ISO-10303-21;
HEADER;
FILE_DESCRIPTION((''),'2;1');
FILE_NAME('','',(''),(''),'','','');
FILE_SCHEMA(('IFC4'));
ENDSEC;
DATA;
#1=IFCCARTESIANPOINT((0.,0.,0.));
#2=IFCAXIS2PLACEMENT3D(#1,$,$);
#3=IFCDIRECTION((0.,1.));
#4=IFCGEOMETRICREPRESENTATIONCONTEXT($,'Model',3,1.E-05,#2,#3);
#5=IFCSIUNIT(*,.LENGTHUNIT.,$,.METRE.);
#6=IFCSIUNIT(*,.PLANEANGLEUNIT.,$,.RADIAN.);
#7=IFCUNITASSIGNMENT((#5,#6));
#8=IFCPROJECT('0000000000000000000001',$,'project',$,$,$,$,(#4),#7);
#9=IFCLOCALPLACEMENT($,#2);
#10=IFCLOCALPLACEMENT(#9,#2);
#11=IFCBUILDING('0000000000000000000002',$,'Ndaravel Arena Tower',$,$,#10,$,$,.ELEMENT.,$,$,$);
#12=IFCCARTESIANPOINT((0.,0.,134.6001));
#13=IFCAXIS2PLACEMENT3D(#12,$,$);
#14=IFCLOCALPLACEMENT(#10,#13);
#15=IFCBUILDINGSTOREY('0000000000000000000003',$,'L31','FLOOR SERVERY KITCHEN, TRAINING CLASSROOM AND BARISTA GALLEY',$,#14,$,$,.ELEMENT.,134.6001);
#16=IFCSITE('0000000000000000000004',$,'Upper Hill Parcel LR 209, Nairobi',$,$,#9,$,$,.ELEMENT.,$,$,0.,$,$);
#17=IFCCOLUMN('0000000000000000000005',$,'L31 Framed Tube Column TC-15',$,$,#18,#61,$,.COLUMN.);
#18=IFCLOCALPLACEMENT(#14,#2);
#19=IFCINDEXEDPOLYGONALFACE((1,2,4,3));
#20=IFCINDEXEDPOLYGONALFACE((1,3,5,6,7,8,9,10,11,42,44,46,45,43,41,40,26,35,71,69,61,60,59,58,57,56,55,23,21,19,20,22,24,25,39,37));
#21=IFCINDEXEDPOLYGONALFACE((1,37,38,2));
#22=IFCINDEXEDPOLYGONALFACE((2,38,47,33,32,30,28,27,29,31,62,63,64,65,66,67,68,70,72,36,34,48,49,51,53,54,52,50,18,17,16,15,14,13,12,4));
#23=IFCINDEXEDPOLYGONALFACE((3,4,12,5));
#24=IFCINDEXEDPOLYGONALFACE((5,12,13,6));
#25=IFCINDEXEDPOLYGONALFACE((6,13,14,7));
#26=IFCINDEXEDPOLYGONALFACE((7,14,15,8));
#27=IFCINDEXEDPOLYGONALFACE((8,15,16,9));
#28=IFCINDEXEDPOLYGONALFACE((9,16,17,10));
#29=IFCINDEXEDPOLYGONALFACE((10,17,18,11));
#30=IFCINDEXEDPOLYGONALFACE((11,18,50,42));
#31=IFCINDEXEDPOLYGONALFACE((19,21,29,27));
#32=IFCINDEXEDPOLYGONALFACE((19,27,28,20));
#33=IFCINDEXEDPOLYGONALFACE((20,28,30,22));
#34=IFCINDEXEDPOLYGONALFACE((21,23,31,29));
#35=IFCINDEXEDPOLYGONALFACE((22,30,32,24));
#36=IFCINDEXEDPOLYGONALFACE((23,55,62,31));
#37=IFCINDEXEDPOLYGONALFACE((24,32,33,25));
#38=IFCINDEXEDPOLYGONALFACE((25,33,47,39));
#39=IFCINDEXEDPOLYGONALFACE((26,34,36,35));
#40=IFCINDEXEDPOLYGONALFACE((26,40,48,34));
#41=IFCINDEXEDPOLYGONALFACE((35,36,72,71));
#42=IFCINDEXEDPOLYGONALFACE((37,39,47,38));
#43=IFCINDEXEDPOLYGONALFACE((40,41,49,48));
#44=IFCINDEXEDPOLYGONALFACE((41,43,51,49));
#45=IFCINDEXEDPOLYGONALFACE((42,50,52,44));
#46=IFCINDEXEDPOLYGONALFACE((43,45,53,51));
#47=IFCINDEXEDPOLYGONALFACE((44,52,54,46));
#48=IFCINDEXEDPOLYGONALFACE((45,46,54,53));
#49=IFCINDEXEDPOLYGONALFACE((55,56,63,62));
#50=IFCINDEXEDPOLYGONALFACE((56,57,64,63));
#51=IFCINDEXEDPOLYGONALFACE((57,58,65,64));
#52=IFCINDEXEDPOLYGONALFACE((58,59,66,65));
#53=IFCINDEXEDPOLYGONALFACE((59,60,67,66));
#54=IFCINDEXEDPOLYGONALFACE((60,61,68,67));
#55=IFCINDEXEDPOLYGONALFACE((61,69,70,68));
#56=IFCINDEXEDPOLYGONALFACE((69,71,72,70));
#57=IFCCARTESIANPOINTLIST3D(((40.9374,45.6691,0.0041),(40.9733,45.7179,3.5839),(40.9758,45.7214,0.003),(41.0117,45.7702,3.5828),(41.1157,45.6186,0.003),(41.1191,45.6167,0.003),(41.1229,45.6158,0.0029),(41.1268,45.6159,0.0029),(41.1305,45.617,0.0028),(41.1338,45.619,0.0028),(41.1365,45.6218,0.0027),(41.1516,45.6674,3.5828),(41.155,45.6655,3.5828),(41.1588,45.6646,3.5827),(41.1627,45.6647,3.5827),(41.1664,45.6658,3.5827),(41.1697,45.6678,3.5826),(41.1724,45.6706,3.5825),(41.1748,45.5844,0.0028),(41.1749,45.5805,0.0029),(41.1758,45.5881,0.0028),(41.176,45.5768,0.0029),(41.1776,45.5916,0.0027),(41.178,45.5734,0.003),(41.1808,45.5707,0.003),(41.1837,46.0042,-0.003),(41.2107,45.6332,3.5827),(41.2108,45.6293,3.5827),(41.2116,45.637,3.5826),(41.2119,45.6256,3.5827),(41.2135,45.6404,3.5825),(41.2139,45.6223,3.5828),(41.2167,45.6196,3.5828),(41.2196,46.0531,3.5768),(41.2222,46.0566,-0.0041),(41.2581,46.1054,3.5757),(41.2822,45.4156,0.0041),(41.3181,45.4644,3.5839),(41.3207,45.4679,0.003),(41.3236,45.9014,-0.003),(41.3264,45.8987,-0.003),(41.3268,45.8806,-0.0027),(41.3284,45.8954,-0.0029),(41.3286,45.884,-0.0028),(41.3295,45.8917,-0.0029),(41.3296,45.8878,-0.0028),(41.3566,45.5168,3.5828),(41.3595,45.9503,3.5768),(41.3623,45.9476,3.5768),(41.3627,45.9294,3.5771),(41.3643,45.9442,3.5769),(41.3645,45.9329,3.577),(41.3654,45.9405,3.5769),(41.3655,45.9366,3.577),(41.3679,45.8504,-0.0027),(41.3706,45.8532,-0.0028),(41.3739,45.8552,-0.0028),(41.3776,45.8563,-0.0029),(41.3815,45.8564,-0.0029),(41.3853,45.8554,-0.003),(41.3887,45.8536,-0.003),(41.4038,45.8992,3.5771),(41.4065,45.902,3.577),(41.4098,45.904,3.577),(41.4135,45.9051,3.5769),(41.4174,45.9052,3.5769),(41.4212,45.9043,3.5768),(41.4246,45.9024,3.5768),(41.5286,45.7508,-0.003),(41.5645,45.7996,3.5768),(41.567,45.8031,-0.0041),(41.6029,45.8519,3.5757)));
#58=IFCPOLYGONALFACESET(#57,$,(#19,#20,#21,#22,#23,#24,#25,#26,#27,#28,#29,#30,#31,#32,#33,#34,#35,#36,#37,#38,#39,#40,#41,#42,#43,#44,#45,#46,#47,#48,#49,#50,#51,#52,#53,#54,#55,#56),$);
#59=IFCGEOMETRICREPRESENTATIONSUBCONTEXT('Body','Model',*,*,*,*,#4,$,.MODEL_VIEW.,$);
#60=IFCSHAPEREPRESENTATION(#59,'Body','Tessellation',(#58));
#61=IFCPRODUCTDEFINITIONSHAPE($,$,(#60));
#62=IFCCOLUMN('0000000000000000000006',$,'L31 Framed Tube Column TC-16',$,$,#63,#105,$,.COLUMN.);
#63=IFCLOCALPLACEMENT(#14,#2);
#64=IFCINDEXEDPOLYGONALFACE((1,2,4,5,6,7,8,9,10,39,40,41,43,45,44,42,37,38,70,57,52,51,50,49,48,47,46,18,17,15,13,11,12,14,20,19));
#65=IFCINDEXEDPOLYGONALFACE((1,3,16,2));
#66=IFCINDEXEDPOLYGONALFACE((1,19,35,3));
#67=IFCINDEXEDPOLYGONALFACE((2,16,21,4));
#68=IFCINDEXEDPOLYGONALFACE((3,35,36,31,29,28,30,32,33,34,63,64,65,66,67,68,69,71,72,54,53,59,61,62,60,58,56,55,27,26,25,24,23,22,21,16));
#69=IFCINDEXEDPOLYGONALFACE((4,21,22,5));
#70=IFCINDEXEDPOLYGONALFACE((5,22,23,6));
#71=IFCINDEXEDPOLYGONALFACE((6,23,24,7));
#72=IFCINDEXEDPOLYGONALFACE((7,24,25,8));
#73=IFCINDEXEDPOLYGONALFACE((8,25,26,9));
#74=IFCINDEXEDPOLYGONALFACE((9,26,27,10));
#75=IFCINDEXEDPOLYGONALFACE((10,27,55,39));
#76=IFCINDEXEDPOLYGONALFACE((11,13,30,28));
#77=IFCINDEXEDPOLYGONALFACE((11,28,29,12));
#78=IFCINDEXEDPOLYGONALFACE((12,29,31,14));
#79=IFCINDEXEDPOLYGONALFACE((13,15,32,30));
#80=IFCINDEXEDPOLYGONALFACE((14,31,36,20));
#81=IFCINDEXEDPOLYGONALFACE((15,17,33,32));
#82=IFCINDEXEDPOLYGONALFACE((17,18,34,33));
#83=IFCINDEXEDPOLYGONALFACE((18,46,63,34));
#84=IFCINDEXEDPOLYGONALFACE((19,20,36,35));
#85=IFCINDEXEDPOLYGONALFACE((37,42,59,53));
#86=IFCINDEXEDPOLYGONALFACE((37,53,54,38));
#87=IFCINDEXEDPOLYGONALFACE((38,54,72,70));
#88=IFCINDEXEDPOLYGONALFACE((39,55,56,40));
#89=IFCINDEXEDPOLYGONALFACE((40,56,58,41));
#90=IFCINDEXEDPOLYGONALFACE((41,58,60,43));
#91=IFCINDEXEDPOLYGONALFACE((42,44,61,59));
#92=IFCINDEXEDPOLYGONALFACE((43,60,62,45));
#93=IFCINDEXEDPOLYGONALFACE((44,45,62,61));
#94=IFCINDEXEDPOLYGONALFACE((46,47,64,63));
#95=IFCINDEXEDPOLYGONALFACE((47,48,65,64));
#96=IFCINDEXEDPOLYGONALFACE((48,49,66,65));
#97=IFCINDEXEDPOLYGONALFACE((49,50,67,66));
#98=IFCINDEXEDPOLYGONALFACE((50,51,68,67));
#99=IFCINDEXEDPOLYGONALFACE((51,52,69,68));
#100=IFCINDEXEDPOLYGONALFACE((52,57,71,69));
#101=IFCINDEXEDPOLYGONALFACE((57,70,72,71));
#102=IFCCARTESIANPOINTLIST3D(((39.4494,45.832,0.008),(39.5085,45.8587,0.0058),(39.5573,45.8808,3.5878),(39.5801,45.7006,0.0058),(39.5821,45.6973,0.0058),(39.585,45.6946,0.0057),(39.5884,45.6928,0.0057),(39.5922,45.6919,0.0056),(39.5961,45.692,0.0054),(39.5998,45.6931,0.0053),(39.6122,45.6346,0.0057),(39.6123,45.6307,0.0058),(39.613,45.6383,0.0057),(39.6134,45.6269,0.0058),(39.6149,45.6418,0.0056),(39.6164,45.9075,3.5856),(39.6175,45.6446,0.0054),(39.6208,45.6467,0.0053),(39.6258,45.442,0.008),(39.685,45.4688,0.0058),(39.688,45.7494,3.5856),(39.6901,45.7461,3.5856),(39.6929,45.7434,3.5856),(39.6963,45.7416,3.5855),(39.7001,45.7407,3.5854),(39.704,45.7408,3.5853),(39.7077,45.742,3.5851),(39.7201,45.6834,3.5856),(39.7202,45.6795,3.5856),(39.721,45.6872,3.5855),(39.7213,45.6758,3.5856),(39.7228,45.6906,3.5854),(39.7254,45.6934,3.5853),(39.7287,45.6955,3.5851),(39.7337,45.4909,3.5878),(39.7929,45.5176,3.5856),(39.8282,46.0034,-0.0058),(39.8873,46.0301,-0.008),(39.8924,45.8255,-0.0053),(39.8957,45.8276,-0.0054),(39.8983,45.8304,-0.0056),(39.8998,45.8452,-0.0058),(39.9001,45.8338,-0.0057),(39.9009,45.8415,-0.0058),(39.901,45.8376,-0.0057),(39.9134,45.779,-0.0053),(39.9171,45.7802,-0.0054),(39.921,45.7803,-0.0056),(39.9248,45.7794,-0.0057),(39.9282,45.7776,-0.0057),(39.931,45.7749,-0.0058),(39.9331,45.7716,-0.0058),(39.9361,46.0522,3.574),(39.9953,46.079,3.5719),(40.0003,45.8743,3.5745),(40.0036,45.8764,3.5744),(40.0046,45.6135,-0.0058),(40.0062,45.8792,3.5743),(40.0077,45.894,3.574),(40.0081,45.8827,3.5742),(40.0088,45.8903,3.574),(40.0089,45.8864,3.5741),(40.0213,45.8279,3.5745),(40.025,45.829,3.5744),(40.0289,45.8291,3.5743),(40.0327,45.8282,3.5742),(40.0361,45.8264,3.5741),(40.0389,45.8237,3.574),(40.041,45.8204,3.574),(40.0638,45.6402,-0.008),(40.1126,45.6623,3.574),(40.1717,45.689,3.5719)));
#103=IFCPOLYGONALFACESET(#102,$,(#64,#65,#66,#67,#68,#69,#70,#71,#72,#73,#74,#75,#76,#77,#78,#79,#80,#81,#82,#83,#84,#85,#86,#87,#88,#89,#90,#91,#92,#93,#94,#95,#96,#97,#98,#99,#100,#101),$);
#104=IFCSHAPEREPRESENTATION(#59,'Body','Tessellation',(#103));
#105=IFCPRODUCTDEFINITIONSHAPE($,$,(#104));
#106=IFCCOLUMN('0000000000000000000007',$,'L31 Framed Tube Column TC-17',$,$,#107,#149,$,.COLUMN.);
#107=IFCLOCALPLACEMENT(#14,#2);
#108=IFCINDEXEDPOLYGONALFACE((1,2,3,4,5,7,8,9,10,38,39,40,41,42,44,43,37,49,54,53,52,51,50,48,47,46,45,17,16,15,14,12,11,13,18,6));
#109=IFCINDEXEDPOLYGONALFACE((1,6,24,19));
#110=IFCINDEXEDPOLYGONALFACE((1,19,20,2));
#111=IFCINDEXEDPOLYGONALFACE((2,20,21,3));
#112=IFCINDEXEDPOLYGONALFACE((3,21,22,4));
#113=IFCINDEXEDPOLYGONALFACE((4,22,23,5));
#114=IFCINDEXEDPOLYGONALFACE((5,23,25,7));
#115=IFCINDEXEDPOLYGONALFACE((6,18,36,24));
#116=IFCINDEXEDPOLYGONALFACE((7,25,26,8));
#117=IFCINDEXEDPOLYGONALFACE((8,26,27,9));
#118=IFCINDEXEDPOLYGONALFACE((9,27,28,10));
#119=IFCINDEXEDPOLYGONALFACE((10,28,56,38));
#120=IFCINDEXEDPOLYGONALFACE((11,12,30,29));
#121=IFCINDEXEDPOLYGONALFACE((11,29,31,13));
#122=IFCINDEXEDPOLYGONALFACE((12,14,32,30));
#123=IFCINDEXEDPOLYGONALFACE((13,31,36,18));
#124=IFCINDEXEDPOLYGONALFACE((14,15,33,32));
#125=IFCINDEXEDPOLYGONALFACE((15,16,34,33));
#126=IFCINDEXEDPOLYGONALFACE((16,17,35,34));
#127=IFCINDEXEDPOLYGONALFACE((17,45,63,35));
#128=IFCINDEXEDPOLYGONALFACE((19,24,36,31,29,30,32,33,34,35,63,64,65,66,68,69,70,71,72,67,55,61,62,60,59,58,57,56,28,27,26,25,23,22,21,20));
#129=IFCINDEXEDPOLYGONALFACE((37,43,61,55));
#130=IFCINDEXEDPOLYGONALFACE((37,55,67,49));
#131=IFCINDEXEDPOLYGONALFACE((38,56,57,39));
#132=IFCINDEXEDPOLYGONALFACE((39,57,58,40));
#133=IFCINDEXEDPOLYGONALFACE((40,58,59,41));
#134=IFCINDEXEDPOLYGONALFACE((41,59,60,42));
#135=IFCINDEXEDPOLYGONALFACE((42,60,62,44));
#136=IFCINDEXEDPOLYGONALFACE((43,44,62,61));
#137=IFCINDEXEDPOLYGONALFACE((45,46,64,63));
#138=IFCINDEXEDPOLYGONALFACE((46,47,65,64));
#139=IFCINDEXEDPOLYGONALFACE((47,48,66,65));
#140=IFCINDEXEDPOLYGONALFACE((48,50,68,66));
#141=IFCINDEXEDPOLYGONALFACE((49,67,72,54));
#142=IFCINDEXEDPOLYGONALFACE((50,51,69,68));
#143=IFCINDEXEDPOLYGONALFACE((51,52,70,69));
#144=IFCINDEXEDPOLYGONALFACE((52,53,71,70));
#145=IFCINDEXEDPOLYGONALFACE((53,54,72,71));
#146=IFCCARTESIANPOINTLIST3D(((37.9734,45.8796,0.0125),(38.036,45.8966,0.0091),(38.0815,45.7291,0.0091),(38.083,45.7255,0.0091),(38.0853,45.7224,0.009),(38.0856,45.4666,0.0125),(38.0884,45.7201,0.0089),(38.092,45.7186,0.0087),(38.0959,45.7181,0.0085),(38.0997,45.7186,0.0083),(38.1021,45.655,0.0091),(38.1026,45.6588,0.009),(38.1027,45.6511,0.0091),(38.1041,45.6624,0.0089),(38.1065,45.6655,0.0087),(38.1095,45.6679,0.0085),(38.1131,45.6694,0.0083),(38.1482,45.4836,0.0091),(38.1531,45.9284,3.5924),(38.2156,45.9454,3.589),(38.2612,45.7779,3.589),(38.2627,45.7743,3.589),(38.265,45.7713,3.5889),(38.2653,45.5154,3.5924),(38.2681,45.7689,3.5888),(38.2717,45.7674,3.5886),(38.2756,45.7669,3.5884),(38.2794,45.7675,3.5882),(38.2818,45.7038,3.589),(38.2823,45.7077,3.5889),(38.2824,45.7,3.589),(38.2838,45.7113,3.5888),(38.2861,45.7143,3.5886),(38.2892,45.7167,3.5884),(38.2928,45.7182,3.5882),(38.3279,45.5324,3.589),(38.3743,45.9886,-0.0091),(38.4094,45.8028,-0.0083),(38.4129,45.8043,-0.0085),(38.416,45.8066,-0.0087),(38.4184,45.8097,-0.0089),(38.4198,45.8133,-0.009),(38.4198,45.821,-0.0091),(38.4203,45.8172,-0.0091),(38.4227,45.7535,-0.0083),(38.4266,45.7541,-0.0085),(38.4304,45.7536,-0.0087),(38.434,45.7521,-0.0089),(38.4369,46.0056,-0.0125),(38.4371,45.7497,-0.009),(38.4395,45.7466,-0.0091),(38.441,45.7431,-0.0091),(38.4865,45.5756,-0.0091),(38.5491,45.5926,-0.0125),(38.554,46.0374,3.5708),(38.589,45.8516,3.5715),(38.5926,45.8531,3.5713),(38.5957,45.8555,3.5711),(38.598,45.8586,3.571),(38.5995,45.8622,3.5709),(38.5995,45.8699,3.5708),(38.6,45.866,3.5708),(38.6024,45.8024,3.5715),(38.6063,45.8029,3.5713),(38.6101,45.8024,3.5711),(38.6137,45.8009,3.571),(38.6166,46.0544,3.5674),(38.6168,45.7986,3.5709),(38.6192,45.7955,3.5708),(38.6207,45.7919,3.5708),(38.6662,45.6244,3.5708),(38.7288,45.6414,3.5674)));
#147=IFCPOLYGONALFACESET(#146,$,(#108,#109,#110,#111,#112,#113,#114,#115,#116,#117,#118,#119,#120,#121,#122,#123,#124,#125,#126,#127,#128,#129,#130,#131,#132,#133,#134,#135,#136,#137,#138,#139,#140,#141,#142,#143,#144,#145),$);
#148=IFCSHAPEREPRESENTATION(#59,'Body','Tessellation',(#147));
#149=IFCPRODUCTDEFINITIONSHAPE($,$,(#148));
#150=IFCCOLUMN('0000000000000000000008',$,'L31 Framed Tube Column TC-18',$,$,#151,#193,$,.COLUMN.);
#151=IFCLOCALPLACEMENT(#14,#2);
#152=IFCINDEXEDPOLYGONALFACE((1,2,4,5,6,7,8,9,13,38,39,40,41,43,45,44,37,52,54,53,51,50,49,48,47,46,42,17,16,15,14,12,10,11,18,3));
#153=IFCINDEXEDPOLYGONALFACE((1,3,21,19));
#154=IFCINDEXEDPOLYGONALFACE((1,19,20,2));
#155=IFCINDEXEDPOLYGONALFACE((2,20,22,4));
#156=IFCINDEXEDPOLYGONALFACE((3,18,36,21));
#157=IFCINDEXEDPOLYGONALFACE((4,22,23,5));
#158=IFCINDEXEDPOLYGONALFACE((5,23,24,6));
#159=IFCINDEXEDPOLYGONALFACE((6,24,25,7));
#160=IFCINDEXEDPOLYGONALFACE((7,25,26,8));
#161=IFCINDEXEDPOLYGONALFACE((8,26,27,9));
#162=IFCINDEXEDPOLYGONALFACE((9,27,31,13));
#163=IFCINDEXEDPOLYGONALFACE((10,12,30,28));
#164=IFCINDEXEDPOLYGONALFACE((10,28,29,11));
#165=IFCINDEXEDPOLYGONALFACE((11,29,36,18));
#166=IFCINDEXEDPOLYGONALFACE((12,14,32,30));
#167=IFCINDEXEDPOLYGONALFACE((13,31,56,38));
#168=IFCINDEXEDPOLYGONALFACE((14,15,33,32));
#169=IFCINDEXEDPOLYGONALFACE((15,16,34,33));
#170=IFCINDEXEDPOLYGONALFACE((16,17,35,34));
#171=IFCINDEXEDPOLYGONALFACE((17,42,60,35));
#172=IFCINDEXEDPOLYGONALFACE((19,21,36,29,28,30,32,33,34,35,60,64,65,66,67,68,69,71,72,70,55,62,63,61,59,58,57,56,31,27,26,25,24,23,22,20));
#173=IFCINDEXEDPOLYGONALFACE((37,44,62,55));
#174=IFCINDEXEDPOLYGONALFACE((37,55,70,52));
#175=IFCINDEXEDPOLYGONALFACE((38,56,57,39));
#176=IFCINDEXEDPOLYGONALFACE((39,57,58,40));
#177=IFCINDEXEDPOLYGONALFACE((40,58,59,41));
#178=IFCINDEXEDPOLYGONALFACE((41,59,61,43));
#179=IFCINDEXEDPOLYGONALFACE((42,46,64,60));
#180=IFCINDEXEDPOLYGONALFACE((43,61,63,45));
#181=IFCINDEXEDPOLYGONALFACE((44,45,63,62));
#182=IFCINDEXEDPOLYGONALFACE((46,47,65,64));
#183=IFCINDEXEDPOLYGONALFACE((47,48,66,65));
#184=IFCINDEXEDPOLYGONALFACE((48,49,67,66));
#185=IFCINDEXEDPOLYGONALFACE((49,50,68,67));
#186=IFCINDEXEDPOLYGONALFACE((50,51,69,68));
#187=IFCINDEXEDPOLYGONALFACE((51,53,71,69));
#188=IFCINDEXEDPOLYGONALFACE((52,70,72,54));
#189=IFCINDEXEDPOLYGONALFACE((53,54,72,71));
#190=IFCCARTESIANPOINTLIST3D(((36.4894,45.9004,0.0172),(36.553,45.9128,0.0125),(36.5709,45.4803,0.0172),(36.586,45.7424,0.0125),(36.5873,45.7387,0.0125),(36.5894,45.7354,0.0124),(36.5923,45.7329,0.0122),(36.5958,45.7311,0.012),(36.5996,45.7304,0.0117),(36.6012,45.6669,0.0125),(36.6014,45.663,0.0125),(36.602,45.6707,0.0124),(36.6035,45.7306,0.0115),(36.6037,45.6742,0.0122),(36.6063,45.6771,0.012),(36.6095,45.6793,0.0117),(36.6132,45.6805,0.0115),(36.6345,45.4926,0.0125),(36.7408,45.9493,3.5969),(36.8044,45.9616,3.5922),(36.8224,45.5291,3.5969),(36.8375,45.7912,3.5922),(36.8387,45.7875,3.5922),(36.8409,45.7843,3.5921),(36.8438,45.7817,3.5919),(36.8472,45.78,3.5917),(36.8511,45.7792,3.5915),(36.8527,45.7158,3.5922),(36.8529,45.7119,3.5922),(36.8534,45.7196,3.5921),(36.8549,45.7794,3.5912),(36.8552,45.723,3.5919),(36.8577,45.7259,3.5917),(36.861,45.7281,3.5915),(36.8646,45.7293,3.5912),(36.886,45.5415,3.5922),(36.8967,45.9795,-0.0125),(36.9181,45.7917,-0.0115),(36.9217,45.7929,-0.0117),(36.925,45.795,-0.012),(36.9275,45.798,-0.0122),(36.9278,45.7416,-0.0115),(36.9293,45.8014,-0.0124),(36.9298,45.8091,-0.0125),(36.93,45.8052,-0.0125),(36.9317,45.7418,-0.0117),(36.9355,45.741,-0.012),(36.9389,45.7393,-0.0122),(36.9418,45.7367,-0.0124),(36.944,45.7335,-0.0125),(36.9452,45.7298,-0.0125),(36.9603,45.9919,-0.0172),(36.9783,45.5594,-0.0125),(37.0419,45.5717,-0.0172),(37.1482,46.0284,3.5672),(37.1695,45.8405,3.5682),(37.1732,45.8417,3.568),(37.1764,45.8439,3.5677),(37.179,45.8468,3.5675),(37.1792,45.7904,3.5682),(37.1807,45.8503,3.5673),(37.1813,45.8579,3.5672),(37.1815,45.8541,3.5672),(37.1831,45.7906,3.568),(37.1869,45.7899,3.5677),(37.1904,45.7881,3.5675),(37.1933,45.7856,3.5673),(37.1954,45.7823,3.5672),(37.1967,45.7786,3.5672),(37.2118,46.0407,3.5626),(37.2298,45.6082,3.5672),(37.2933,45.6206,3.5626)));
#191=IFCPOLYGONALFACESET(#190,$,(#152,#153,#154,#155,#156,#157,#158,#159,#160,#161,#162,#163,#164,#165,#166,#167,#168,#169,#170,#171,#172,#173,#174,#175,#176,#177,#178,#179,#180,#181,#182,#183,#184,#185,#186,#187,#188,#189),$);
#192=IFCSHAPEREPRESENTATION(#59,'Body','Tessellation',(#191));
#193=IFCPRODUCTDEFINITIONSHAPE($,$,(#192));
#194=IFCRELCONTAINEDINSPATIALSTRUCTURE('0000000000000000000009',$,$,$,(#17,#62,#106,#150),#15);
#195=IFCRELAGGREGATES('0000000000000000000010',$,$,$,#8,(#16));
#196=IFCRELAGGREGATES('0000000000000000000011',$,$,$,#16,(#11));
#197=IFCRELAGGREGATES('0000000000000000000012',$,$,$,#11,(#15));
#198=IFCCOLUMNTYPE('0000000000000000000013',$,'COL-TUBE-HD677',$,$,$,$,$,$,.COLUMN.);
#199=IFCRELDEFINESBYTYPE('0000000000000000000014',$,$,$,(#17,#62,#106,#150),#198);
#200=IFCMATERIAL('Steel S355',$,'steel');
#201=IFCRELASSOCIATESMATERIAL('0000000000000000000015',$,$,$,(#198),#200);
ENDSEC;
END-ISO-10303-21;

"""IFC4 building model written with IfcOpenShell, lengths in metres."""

from ifc_helpers import new_model, si_unit, direction, frame, origin, origin_2d, place, context, subcontext, project, spatial, i_section, extrude, material, material_profile, profile_set, type_object, element, save


model = new_model("IFC4")

# Units and contexts
model_context = context("Model", 3, precision=1e-05, world=origin(), true_north=direction((0.0, 1.0)))
body_context = subcontext(model_context, "Body", "Model", "MODEL_VIEW")
ifc_project = project(units=[si_unit("LENGTHUNIT", "METRE"), si_unit("PLANEANGLEUNIT", "RADIAN")], contexts=[model_context])

# Site, building, storey
site_placement = place(None, origin())
site = spatial("IfcSite", under=ifc_project, at=site_placement, Name="Upper Hill Parcel LR 209, Nairobi", CompositionType="ELEMENT", RefElevation=0.0)
building_placement = place(site_placement, origin())
building = spatial("IfcBuilding", under=site, at=building_placement, Name="Ndaravel Arena Tower", CompositionType="ELEMENT")
storey_placement = place(building_placement, frame((0.0, 0.0, 134.6001)))
storey = spatial("IfcBuildingStorey", under=building, at=storey_placement, Name="L31", Description="FLOOR SERVERY KITCHEN, TRAINING CLASSROOM AND BARISTA GALLEY", CompositionType="ELEMENT", Elevation=134.6001)

# Columns
ifc_material_1 = material(Name="Steel S355", Category="steel")
ifc_material_profile_1 = material_profile(ifc_material_1, i_section(OverallWidth=0.428, OverallDepth=0.481, WebThickness=0.051, FlangeThickness=0.0649, FilletRadius=0.0149, at=origin_2d()), Name="HD 400x677")
ifc_profile_set_1 = profile_set([ifc_material_profile_1], Name="Steel S355")
column_type = type_object("IfcColumnType", Name="COL-TUBE-HD677", PredefinedType="COLUMN", material=ifc_profile_set_1)
column_1_placement = place(storey_placement, frame((41.2522, 45.7361, 0.0), z_axis=(0.010024, 0.013638, 0.999857), x_axis=(-0.805764, 0.592237, 0.0)))
element("IfcColumn", 1, at=column_1_placement, inside=storey, type_object=column_type, Name="L31 Framed Tube Column TC-15", PredefinedType="COLUMN", context=body_context, shape_type="SweptSolid", body=[
    extrude(i_section(OverallWidth=0.428, OverallDepth=0.481, WebThickness=0.051, FlangeThickness=0.0649, FilletRadius=0.0149, at=origin_2d()), origin(), (0.0, 0.0, 1.0), 3.5803),
])
column_2_placement = place(storey_placement, frame((39.7566, 45.7361, 0.0), z_axis=(0.030127, 0.013632, 0.999453), x_axis=(-0.412249, 0.911071, 0.0)))
element("IfcColumn", 2, at=column_2_placement, inside=storey, type_object=column_type, Name="L31 Framed Tube Column TC-16", PredefinedType="COLUMN", context=body_context, shape_type="SweptSolid", body=[
    extrude(i_section(OverallWidth=0.428, OverallDepth=0.481, WebThickness=0.051, FlangeThickness=0.0649, FilletRadius=0.0149, at=origin_2d()), origin(), (0.0, 0.0, 1.0), 3.5818),
])
column_3_placement = place(storey_placement, frame((38.2612, 45.7361, 0.0), z_axis=(0.050127, 0.013621, 0.99865), x_axis=(-0.26223, 0.965005, 0.0)))
element("IfcColumn", 3, at=column_3_placement, inside=storey, type_object=column_type, Name="L31 Framed Tube Column TC-17", PredefinedType="COLUMN", context=body_context, shape_type="SweptSolid", body=[
    extrude(i_section(OverallWidth=0.428, OverallDepth=0.481, WebThickness=0.051, FlangeThickness=0.0649, FilletRadius=0.0149, at=origin_2d()), origin(), (0.0, 0.0, 1.0), 3.5847),
])
column_4_placement = place(storey_placement, frame((36.7656, 45.7361, 0.0), z_axis=(0.070066, 0.013605, 0.99745), x_axis=(-0.190615, 0.981665, 0.0)))
element("IfcColumn", 4, at=column_4_placement, inside=storey, type_object=column_type, Name="L31 Framed Tube Column TC-18", PredefinedType="COLUMN", context=body_context, shape_type="SweptSolid", body=[
    extrude(i_section(OverallWidth=0.428, OverallDepth=0.481, WebThickness=0.051, FlangeThickness=0.0649, FilletRadius=0.0149, at=origin_2d()), origin(), (0.0, 0.0, 1.0), 3.5889),
])

save(model, "model.ifc")
